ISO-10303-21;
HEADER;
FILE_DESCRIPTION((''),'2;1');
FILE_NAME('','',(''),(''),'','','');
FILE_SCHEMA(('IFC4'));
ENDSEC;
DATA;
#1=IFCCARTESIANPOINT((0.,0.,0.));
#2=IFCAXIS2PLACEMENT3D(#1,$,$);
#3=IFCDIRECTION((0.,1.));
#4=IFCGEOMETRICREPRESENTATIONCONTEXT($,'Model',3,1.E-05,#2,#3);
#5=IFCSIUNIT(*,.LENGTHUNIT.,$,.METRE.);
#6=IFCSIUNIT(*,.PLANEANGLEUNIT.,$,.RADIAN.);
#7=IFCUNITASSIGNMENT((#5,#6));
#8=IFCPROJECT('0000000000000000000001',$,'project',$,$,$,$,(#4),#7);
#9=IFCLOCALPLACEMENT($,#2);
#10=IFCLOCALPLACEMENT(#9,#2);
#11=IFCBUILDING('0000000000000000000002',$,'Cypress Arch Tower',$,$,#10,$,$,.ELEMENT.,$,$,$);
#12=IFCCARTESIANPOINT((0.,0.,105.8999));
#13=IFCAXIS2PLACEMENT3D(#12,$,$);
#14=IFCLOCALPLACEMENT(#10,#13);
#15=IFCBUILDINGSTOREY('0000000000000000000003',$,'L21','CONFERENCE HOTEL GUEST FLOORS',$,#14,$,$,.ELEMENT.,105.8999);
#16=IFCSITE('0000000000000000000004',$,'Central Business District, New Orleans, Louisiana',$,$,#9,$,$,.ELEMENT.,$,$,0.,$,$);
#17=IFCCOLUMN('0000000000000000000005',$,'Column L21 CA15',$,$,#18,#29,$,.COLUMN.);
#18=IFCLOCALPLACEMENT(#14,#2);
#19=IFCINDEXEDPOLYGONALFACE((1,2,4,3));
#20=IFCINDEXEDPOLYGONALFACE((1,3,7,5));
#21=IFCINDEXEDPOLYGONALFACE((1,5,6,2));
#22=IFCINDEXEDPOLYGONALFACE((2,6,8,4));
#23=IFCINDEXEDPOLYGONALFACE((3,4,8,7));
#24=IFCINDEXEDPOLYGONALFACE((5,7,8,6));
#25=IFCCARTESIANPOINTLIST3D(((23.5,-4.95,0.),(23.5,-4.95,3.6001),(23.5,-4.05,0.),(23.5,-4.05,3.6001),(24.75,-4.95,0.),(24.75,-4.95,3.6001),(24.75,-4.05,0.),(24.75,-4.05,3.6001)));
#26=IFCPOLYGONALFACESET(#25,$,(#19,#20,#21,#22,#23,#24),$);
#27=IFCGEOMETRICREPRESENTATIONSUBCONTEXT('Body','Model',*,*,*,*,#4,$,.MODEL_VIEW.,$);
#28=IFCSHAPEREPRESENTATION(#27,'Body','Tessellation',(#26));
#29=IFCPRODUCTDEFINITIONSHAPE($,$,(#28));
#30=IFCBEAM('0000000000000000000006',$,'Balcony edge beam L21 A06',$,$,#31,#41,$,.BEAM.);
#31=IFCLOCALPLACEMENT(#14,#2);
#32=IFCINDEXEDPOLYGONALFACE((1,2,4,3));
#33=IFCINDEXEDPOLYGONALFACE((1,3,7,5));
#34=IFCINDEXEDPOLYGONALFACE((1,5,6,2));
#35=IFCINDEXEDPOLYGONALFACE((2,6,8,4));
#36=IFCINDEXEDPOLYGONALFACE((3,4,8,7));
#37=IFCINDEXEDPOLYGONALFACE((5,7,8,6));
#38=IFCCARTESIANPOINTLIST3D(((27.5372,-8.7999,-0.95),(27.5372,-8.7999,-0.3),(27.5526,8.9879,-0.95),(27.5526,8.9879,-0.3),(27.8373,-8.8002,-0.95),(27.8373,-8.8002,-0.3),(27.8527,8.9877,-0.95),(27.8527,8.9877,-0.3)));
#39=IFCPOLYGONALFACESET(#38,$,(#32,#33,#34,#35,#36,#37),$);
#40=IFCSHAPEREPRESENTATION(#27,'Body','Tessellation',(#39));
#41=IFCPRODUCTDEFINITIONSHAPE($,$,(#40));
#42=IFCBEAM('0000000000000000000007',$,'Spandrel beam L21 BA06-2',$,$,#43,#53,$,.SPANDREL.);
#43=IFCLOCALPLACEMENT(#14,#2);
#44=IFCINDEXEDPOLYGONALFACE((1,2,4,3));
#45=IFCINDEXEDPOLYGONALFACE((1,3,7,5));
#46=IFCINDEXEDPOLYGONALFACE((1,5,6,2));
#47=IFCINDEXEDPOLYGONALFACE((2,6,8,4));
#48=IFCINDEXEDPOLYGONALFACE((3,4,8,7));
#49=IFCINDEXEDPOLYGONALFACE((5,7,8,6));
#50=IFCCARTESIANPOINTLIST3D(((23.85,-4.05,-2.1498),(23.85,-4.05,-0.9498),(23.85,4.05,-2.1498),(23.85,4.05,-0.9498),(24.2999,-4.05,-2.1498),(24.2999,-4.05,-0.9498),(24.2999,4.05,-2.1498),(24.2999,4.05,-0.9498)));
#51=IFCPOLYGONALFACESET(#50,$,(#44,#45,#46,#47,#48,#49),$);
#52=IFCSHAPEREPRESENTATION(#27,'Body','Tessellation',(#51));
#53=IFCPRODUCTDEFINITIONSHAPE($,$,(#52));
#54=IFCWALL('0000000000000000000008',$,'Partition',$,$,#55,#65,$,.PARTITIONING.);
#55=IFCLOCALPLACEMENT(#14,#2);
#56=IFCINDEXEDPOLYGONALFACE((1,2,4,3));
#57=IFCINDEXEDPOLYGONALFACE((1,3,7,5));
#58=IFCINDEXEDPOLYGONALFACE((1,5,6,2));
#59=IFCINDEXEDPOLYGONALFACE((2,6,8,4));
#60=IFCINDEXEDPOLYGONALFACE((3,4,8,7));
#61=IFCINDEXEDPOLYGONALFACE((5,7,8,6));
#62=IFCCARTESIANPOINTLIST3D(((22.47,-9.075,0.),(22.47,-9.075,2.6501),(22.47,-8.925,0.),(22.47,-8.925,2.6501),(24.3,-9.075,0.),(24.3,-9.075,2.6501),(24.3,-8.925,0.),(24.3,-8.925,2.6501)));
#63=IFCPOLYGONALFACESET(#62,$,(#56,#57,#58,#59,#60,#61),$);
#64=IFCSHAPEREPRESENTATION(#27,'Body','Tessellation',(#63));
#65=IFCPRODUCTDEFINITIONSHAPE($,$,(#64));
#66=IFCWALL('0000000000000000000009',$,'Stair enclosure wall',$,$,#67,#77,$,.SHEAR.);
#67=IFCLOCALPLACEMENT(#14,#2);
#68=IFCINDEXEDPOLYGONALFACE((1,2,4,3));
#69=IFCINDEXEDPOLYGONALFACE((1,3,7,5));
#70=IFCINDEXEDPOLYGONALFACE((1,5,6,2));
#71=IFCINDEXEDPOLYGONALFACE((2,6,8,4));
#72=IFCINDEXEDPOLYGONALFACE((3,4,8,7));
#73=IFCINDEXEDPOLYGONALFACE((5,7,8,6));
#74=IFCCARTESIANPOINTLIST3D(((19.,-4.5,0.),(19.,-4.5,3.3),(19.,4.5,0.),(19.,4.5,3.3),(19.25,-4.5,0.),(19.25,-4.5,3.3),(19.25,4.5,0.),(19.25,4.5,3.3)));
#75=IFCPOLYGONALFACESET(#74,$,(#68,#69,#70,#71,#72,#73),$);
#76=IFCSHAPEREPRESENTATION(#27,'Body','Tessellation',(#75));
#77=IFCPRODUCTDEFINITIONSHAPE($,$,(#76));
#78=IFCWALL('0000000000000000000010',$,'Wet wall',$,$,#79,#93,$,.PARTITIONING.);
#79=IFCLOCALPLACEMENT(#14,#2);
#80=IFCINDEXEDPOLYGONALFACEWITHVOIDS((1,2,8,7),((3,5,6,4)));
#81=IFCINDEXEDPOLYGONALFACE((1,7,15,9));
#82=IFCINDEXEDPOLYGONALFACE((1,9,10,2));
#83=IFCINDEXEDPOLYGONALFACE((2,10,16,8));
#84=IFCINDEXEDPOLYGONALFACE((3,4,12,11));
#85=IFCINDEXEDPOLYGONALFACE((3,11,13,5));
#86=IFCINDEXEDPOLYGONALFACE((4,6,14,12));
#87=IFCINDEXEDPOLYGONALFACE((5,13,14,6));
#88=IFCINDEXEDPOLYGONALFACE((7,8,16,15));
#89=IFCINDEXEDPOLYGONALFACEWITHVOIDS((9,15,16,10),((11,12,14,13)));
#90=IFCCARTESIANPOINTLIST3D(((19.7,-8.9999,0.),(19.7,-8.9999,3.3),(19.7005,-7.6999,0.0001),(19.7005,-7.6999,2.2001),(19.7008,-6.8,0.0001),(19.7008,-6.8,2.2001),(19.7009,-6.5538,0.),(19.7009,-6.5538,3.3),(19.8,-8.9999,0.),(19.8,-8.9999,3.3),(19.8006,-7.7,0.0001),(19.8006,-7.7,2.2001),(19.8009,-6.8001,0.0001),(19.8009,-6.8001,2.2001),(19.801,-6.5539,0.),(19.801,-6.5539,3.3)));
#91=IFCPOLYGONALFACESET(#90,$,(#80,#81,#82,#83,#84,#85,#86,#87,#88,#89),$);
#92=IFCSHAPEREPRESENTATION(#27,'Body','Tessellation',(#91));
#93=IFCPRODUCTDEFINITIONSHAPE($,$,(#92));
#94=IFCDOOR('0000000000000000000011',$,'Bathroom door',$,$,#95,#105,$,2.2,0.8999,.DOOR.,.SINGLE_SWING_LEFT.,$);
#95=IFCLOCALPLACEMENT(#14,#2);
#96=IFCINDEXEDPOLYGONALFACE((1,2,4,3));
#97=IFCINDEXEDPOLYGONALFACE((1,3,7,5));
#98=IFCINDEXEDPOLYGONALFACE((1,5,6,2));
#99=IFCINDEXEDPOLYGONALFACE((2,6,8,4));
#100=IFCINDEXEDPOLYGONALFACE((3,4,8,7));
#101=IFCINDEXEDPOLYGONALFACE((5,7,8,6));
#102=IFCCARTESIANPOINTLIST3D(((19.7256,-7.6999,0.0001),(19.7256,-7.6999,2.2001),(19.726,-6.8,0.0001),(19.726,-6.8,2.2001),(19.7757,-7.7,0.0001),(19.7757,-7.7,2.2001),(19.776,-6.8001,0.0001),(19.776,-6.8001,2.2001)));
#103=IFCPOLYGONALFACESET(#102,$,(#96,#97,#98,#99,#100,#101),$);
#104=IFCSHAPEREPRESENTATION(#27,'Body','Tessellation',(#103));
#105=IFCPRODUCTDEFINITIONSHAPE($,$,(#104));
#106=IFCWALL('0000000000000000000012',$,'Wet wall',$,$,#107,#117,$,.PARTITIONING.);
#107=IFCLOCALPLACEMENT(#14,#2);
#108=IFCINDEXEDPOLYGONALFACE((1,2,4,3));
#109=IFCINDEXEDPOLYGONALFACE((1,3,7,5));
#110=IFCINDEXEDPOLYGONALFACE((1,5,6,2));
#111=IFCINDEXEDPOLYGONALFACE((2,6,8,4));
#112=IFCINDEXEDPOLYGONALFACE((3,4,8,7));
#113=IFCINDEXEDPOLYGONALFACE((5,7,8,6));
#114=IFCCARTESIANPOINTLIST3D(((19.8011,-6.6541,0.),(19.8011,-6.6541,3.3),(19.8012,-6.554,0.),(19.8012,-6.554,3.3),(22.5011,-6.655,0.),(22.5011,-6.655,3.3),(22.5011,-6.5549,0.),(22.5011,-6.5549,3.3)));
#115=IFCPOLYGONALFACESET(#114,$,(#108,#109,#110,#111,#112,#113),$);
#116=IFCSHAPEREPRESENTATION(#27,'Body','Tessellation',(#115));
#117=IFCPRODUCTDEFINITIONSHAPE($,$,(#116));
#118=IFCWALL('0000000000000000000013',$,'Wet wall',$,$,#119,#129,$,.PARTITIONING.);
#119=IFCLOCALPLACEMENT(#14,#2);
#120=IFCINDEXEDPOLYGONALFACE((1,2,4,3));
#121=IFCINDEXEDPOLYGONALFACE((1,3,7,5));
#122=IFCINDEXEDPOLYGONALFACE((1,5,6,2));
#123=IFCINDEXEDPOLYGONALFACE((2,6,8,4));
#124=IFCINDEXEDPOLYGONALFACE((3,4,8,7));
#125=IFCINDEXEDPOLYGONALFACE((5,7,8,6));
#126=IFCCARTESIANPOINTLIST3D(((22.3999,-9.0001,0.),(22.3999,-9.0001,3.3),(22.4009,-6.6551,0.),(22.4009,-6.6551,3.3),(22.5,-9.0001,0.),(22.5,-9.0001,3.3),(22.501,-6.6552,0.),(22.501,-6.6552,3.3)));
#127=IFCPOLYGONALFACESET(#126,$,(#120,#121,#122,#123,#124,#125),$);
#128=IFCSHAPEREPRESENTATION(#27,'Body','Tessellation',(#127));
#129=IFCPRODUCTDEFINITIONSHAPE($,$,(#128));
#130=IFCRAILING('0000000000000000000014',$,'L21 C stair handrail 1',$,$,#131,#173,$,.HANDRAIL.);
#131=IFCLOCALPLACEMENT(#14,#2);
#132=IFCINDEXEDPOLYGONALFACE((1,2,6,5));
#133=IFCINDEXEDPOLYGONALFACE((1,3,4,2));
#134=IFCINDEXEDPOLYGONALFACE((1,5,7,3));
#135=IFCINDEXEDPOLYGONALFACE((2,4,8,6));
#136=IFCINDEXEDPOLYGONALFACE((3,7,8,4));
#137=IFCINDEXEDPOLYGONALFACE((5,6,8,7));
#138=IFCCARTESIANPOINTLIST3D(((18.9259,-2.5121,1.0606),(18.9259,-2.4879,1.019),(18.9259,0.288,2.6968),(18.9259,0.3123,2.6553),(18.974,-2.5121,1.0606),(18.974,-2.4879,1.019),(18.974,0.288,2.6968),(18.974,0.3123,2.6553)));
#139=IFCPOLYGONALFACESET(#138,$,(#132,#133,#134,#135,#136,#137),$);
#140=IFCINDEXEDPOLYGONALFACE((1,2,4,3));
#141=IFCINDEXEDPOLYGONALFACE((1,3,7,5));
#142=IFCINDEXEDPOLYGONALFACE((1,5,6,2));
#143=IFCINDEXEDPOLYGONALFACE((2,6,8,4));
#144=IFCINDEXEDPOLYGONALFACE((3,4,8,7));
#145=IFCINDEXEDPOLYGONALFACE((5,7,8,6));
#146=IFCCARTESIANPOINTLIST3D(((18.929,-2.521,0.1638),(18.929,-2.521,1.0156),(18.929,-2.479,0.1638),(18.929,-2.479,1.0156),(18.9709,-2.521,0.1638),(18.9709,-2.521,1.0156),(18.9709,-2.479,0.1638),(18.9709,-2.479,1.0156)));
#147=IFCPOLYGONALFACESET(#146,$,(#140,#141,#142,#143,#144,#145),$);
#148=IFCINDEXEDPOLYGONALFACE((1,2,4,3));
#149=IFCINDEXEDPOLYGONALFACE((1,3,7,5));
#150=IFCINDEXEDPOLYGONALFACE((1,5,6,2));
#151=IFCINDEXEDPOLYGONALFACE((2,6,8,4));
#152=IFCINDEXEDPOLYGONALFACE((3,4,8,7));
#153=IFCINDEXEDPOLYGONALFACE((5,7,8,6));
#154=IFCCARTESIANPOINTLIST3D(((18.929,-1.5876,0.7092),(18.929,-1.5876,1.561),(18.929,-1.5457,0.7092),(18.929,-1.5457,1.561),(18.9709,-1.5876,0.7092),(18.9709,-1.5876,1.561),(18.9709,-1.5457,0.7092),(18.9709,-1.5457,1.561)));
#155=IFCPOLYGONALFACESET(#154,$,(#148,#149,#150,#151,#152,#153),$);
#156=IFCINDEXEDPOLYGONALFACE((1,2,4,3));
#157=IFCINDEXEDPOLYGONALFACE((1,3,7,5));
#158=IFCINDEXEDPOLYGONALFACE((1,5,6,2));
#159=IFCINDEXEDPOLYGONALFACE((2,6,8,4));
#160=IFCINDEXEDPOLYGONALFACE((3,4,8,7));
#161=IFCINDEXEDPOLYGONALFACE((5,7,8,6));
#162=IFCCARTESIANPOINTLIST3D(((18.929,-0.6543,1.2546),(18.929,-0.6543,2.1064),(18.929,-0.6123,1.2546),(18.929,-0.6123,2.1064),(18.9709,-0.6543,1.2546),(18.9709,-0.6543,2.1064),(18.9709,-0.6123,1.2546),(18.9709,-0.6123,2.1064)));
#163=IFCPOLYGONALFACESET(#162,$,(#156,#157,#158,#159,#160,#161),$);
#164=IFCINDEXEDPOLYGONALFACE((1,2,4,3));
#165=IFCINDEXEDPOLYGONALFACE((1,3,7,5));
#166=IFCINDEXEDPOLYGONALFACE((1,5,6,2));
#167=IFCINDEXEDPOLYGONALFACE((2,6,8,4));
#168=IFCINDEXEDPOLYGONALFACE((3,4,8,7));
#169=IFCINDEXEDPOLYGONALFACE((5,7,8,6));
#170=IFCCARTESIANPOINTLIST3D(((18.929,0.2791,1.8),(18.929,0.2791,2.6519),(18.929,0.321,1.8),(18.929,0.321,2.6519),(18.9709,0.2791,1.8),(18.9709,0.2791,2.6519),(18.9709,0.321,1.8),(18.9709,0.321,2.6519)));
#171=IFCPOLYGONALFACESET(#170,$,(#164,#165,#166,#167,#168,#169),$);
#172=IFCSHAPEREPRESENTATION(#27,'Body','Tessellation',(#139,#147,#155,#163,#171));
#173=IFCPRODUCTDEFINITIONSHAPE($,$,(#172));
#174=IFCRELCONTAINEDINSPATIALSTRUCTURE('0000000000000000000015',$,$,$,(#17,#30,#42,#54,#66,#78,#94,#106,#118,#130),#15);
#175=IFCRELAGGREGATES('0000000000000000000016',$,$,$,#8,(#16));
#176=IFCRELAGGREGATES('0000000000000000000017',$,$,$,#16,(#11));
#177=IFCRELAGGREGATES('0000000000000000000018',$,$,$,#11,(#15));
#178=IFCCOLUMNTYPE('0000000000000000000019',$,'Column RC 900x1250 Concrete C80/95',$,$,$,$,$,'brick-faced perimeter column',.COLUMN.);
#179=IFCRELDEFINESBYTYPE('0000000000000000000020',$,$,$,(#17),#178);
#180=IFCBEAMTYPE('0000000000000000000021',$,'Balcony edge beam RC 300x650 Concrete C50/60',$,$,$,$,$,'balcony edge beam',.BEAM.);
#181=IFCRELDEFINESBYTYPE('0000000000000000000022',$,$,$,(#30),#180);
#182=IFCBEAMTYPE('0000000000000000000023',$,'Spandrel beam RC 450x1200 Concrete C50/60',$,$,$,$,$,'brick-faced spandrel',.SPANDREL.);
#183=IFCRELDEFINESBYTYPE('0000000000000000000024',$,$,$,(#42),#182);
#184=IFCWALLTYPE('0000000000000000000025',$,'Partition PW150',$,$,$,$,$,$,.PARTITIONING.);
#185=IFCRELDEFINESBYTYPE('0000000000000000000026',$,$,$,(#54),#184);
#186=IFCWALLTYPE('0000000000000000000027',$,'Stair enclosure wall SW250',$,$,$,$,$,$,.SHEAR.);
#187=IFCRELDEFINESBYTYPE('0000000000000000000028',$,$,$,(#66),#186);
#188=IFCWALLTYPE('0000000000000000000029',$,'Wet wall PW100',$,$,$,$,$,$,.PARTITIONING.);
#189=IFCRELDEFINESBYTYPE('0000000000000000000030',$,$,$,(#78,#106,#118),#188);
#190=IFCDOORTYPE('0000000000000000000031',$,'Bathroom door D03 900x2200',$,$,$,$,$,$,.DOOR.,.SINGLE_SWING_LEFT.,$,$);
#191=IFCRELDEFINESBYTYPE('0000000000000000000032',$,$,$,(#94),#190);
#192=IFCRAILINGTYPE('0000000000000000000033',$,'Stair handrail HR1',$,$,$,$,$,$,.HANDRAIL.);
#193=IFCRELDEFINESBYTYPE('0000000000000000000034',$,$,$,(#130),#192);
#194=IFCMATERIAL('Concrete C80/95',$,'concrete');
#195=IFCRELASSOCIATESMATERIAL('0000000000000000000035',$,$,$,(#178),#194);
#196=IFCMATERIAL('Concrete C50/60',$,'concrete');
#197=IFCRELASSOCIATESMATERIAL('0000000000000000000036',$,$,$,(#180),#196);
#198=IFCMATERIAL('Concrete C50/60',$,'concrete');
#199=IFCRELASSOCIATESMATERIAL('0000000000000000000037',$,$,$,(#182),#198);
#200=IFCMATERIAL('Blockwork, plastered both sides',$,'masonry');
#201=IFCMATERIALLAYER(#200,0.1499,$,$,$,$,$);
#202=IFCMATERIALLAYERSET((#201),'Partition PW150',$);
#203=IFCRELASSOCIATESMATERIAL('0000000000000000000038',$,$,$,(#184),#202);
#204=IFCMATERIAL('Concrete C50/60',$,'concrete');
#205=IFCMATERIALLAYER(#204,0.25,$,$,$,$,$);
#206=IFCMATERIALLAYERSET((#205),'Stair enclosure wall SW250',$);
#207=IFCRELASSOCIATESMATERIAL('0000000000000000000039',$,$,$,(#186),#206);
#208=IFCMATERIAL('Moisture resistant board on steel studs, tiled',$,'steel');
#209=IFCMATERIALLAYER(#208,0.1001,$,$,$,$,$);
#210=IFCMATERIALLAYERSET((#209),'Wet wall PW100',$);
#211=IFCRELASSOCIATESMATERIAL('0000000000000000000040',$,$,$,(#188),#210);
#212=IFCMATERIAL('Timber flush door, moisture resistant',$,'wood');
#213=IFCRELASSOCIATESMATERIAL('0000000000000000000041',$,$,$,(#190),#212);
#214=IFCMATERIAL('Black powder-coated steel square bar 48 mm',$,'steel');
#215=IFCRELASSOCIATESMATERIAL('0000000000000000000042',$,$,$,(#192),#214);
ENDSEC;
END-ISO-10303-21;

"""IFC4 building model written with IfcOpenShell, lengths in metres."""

from ifc_helpers import new_model, si_unit, direction, frame, frame_2d, origin, origin_2d, place, context, subcontext, project, spatial, rectangle, extrude, material, layer, layer_set, material_profile, profile_set, type_object, element, fill, save


model = new_model("IFC4")

# Units and contexts
model_context = context("Model", 3, precision=1e-05, world=origin(), true_north=direction((0.0, 1.0)))
body_context = subcontext(model_context, "Body", "Model", "MODEL_VIEW")
ifc_project = project(units=[si_unit("LENGTHUNIT", "METRE"), si_unit("PLANEANGLEUNIT", "RADIAN")], contexts=[model_context])

# Site, building, storey
site_placement = place(None, origin())
site = spatial("IfcSite", under=ifc_project, at=site_placement, Name="Central Business District, New Orleans, Louisiana", CompositionType="ELEMENT", RefElevation=0.0)
building_placement = place(site_placement, origin())
building = spatial("IfcBuilding", under=site, at=building_placement, Name="Cypress Arch Tower", CompositionType="ELEMENT")
storey_placement = place(building_placement, frame((0.0, 0.0, 105.8999)))
storey = spatial("IfcBuildingStorey", under=building, at=storey_placement, Name="L21", Description="CONFERENCE HOTEL GUEST FLOORS", CompositionType="ELEMENT", Elevation=105.8999)

# Column
ifc_material_1 = material(Name="Concrete C80/95", Category="concrete")
ifc_material_profile_1 = material_profile(ifc_material_1, rectangle(XDim=0.8999, YDim=1.25, at=origin_2d()), Name="RC 900x1250")
ifc_profile_set_1 = profile_set([ifc_material_profile_1], Name="Concrete C80/95")
column_type = type_object("IfcColumnType", Name="Column RC 900x1250 Concrete C80/95", ElementType="brick-faced perimeter column", PredefinedType="COLUMN", material=ifc_profile_set_1)
column_placement = place(storey_placement, frame((24.125, -4.5, 0.0), z_axis=(0.0, 0.0, 1.0), x_axis=(0.0, 1.0, 0.0)))
element("IfcColumn", 1, at=column_placement, inside=storey, type_object=column_type, Name="Column L21 CA15", PredefinedType="COLUMN", context=body_context, shape_type="SweptSolid", body=[
    extrude(rectangle(XDim=0.8999, YDim=1.25, at=origin_2d()), origin(), (0.0, 0.0, 1.0), 3.6001),
])

# Beams
ifc_material_2 = material(Name="Concrete C50/60", Category="concrete")
ifc_material_profile_2 = material_profile(ifc_material_2, rectangle(XDim=0.3, YDim=0.6499, at=origin_2d()), Name="RC 300x650")
ifc_profile_set_2 = profile_set([ifc_material_profile_2], Name="Concrete C50/60")
beam_type_1 = type_object("IfcBeamType", Name="Balcony edge beam RC 300x650 Concrete C50/60", ElementType="balcony edge beam", PredefinedType="BEAM", material=ifc_profile_set_2)
beam_1_placement = place(storey_placement, frame((27.6873, -8.8, -0.625), z_axis=(0.000865, 1.0, 0.0), x_axis=(-1.0, 0.000865, 0.0)))
element("IfcBeam", 2, at=beam_1_placement, inside=storey, type_object=beam_type_1, Name="Balcony edge beam L21 A06", PredefinedType="BEAM", context=body_context, shape_type="SweptSolid", body=[
    extrude(rectangle(XDim=0.3, YDim=0.6499, at=origin_2d()), origin(), (0.0, 0.0, 1.0), 17.7878),
])
ifc_material_3 = material(Name="Concrete C50/60", Category="concrete")
ifc_material_profile_3 = material_profile(ifc_material_3, rectangle(XDim=0.45, YDim=1.2, at=origin_2d()), Name="RC 450x1200")
ifc_profile_set_3 = profile_set([ifc_material_profile_3], Name="Concrete C50/60")
beam_type_2 = type_object("IfcBeamType", Name="Spandrel beam RC 450x1200 Concrete C50/60", ElementType="brick-faced spandrel", PredefinedType="SPANDREL", material=ifc_profile_set_3)
beam_2_placement = place(storey_placement, frame((24.075, -4.05, -1.5498), z_axis=(0.0, 1.0, 0.0), x_axis=(-1.0, 0.0, 0.0)))
element("IfcBeam", 3, at=beam_2_placement, inside=storey, type_object=beam_type_2, Name="Spandrel beam L21 BA06-2", PredefinedType="SPANDREL", context=body_context, shape_type="SweptSolid", body=[
    extrude(rectangle(XDim=0.45, YDim=1.2, at=origin_2d()), origin(), (0.0, 0.0, 1.0), 8.1001),
])

# Walls
ifc_material_4 = material(Name="Blockwork, plastered both sides", Category="masonry")
ifc_layer_1 = layer(ifc_material_4, 0.1499)
ifc_layer_set_1 = layer_set([ifc_layer_1], Name="Partition PW150")
wall_type_1 = type_object("IfcWallType", Name="Partition PW150", PredefinedType="PARTITIONING", material=ifc_layer_set_1)
wall_1_placement = place(storey_placement, frame((22.47, -9.0, 0.0), z_axis=(0.0, 0.0, 1.0), x_axis=(1.0, 0.0, 0.0)))
element("IfcWall", 4, at=wall_1_placement, inside=storey, type_object=wall_type_1, Name="Partition", PredefinedType="PARTITIONING", context=body_context, shape_type="SweptSolid", body=[
    extrude(rectangle(XDim=1.8301, YDim=0.1499, at=frame_2d((0.915, 0.0))), origin(), (0.0, 0.0, 1.0), 2.6501),
])
ifc_material_5 = material(Name="Concrete C50/60", Category="concrete")
ifc_layer_2 = layer(ifc_material_5, 0.25)
ifc_layer_set_2 = layer_set([ifc_layer_2], Name="Stair enclosure wall SW250")
wall_type_2 = type_object("IfcWallType", Name="Stair enclosure wall SW250", PredefinedType="SHEAR", material=ifc_layer_set_2)
wall_2_placement = place(storey_placement, frame((19.125, -4.5, 0.0), z_axis=(0.0, 0.0, 1.0), x_axis=(0.0, 1.0, 0.0)))
element("IfcWall", 5, at=wall_2_placement, inside=storey, type_object=wall_type_2, Name="Stair enclosure wall", PredefinedType="SHEAR", context=body_context, shape_type="SweptSolid", body=[
    extrude(rectangle(XDim=9.0, YDim=0.25, at=frame_2d((4.5, 0.0))), origin(), (0.0, 0.0, 1.0), 3.3),
])

# Wall, opening, door
ifc_material_6 = material(Name="Moisture resistant board on steel studs, tiled", Category="steel")
ifc_layer_3 = layer(ifc_material_6, 0.1001)
ifc_layer_set_3 = layer_set([ifc_layer_3], Name="Wet wall PW100")
wall_type_3 = type_object("IfcWallType", Name="Wet wall PW100", PredefinedType="PARTITIONING", material=ifc_layer_set_3)
wall_3_placement = place(storey_placement, frame((19.75, -9.0, 0.0), z_axis=(0.0, 0.0, 1.0), x_axis=(0.000399, 1.0, 0.0)))
wall_3 = element("IfcWall", 6, at=wall_3_placement, inside=storey, type_object=wall_type_3, Name="Wet wall", PredefinedType="PARTITIONING", context=body_context, shape_type="SweptSolid", body=[
    extrude(rectangle(XDim=2.446, YDim=0.1001, at=frame_2d((1.2231, 0.0))), origin(), (0.0, 0.0, 1.0), 3.3),
])
opening_1_placement = place(wall_3_placement, frame((1.3, 0.0, 0.0)))
opening_1 = element("IfcOpeningElement", 7, at=opening_1_placement, cuts=wall_3, PredefinedType="OPENING", context=body_context, shape_type="SweptSolid", body=[
    extrude(rectangle(XDim=0.8999, YDim=2.2, at=frame_2d((0.45, 1.1001))), frame((0.0, 0.0601, 0.0), z_axis=(0.0, -1.0, 0.0), x_axis=(1.0, 0.0, 0.0)), (0.0, 0.0, 1.0), 0.1201),
])
ifc_material_7 = material(Name="Timber flush door, moisture resistant", Category="wood")
door_type_1 = type_object("IfcDoorType", Name="Bathroom door D03 900x2200", OperationType="SINGLE_SWING_LEFT", PredefinedType="DOOR", material=ifc_material_7)
door_1_placement = place(opening_1_placement, origin())
door_1 = element("IfcDoor", 8, at=door_1_placement, inside=storey, type_object=door_type_1, Name="Bathroom door", OperationType="SINGLE_SWING_LEFT", OverallHeight=2.2, OverallWidth=0.8999, PredefinedType="DOOR", context=body_context, shape_type="SweptSolid", body=[
    extrude(rectangle(XDim=0.8999, YDim=2.2, at=frame_2d((0.45, 1.1001))), frame((0.0, 0.0249, 0.0), z_axis=(0.0, -1.0, 0.0), x_axis=(1.0, 0.0, 0.0)), (0.0, 0.0, 1.0), 0.05),
])
fill(opening_1, door_1)

# Walls
wall_4_placement = place(storey_placement, frame((19.801, -6.604, 0.0), z_axis=(0.0, 0.0, 1.0), x_axis=(1.0, -0.000362, 0.0)))
element("IfcWall", 9, at=wall_4_placement, inside=storey, type_object=wall_type_3, Name="Wet wall", PredefinedType="PARTITIONING", context=body_context, shape_type="SweptSolid", body=[
    extrude(rectangle(XDim=2.7, YDim=0.1001, at=frame_2d((1.3501, 0.0))), origin(), (0.0, 0.0, 1.0), 3.3),
])
wall_5_placement = place(storey_placement, frame((22.45, -9.0, 0.0), z_axis=(0.0, 0.0, 1.0), x_axis=(0.000416, 1.0, 0.0)))
element("IfcWall", 10, at=wall_5_placement, inside=storey, type_object=wall_type_3, Name="Wet wall", PredefinedType="PARTITIONING", context=body_context, shape_type="SweptSolid", body=[
    extrude(rectangle(XDim=2.345, YDim=0.1001, at=frame_2d((1.1724, 0.0))), origin(), (0.0, 0.0, 1.0), 3.3),
])

# Railing
ifc_material_8 = material(Name="Black powder-coated steel square bar 48 mm", Category="steel")
railing_type_1 = type_object("IfcRailingType", Name="Stair handrail HR1", PredefinedType="HANDRAIL", material=ifc_material_8)
railing_1_placement = place(storey_placement, frame((18.95, -2.5, 0.1638)))
element("IfcRailing", 11, at=railing_1_placement, inside=storey, type_object=railing_type_1, Name="L21 C stair handrail 1", PredefinedType="HANDRAIL", context=body_context, shape_type="SweptSolid", body=[
    extrude(rectangle(XDim=0.0481, YDim=0.0481, at=origin_2d()), frame((0.0, 0.0, 0.876), z_axis=(0.0, 0.863394, 0.504531), x_axis=(-1.0, 0.0, 0.0)), (0.0, 0.0, 1.0), 3.2432),
    extrude(rectangle(XDim=0.042, YDim=0.042, at=origin_2d()), origin(), (0.0, 0.0, 1.0), 0.8518),
    extrude(rectangle(XDim=0.042, YDim=0.042, at=origin_2d()), frame((0.0, 0.9333, 0.5454)), (0.0, 0.0, 1.0), 0.8518),
    extrude(rectangle(XDim=0.042, YDim=0.042, at=origin_2d()), frame((0.0, 1.8667, 1.0908)), (0.0, 0.0, 1.0), 0.8518),
    extrude(rectangle(XDim=0.042, YDim=0.042, at=origin_2d()), frame((0.0, 2.8, 1.6362)), (0.0, 0.0, 1.0), 0.8518),
])

save(model, "model.ifc")
